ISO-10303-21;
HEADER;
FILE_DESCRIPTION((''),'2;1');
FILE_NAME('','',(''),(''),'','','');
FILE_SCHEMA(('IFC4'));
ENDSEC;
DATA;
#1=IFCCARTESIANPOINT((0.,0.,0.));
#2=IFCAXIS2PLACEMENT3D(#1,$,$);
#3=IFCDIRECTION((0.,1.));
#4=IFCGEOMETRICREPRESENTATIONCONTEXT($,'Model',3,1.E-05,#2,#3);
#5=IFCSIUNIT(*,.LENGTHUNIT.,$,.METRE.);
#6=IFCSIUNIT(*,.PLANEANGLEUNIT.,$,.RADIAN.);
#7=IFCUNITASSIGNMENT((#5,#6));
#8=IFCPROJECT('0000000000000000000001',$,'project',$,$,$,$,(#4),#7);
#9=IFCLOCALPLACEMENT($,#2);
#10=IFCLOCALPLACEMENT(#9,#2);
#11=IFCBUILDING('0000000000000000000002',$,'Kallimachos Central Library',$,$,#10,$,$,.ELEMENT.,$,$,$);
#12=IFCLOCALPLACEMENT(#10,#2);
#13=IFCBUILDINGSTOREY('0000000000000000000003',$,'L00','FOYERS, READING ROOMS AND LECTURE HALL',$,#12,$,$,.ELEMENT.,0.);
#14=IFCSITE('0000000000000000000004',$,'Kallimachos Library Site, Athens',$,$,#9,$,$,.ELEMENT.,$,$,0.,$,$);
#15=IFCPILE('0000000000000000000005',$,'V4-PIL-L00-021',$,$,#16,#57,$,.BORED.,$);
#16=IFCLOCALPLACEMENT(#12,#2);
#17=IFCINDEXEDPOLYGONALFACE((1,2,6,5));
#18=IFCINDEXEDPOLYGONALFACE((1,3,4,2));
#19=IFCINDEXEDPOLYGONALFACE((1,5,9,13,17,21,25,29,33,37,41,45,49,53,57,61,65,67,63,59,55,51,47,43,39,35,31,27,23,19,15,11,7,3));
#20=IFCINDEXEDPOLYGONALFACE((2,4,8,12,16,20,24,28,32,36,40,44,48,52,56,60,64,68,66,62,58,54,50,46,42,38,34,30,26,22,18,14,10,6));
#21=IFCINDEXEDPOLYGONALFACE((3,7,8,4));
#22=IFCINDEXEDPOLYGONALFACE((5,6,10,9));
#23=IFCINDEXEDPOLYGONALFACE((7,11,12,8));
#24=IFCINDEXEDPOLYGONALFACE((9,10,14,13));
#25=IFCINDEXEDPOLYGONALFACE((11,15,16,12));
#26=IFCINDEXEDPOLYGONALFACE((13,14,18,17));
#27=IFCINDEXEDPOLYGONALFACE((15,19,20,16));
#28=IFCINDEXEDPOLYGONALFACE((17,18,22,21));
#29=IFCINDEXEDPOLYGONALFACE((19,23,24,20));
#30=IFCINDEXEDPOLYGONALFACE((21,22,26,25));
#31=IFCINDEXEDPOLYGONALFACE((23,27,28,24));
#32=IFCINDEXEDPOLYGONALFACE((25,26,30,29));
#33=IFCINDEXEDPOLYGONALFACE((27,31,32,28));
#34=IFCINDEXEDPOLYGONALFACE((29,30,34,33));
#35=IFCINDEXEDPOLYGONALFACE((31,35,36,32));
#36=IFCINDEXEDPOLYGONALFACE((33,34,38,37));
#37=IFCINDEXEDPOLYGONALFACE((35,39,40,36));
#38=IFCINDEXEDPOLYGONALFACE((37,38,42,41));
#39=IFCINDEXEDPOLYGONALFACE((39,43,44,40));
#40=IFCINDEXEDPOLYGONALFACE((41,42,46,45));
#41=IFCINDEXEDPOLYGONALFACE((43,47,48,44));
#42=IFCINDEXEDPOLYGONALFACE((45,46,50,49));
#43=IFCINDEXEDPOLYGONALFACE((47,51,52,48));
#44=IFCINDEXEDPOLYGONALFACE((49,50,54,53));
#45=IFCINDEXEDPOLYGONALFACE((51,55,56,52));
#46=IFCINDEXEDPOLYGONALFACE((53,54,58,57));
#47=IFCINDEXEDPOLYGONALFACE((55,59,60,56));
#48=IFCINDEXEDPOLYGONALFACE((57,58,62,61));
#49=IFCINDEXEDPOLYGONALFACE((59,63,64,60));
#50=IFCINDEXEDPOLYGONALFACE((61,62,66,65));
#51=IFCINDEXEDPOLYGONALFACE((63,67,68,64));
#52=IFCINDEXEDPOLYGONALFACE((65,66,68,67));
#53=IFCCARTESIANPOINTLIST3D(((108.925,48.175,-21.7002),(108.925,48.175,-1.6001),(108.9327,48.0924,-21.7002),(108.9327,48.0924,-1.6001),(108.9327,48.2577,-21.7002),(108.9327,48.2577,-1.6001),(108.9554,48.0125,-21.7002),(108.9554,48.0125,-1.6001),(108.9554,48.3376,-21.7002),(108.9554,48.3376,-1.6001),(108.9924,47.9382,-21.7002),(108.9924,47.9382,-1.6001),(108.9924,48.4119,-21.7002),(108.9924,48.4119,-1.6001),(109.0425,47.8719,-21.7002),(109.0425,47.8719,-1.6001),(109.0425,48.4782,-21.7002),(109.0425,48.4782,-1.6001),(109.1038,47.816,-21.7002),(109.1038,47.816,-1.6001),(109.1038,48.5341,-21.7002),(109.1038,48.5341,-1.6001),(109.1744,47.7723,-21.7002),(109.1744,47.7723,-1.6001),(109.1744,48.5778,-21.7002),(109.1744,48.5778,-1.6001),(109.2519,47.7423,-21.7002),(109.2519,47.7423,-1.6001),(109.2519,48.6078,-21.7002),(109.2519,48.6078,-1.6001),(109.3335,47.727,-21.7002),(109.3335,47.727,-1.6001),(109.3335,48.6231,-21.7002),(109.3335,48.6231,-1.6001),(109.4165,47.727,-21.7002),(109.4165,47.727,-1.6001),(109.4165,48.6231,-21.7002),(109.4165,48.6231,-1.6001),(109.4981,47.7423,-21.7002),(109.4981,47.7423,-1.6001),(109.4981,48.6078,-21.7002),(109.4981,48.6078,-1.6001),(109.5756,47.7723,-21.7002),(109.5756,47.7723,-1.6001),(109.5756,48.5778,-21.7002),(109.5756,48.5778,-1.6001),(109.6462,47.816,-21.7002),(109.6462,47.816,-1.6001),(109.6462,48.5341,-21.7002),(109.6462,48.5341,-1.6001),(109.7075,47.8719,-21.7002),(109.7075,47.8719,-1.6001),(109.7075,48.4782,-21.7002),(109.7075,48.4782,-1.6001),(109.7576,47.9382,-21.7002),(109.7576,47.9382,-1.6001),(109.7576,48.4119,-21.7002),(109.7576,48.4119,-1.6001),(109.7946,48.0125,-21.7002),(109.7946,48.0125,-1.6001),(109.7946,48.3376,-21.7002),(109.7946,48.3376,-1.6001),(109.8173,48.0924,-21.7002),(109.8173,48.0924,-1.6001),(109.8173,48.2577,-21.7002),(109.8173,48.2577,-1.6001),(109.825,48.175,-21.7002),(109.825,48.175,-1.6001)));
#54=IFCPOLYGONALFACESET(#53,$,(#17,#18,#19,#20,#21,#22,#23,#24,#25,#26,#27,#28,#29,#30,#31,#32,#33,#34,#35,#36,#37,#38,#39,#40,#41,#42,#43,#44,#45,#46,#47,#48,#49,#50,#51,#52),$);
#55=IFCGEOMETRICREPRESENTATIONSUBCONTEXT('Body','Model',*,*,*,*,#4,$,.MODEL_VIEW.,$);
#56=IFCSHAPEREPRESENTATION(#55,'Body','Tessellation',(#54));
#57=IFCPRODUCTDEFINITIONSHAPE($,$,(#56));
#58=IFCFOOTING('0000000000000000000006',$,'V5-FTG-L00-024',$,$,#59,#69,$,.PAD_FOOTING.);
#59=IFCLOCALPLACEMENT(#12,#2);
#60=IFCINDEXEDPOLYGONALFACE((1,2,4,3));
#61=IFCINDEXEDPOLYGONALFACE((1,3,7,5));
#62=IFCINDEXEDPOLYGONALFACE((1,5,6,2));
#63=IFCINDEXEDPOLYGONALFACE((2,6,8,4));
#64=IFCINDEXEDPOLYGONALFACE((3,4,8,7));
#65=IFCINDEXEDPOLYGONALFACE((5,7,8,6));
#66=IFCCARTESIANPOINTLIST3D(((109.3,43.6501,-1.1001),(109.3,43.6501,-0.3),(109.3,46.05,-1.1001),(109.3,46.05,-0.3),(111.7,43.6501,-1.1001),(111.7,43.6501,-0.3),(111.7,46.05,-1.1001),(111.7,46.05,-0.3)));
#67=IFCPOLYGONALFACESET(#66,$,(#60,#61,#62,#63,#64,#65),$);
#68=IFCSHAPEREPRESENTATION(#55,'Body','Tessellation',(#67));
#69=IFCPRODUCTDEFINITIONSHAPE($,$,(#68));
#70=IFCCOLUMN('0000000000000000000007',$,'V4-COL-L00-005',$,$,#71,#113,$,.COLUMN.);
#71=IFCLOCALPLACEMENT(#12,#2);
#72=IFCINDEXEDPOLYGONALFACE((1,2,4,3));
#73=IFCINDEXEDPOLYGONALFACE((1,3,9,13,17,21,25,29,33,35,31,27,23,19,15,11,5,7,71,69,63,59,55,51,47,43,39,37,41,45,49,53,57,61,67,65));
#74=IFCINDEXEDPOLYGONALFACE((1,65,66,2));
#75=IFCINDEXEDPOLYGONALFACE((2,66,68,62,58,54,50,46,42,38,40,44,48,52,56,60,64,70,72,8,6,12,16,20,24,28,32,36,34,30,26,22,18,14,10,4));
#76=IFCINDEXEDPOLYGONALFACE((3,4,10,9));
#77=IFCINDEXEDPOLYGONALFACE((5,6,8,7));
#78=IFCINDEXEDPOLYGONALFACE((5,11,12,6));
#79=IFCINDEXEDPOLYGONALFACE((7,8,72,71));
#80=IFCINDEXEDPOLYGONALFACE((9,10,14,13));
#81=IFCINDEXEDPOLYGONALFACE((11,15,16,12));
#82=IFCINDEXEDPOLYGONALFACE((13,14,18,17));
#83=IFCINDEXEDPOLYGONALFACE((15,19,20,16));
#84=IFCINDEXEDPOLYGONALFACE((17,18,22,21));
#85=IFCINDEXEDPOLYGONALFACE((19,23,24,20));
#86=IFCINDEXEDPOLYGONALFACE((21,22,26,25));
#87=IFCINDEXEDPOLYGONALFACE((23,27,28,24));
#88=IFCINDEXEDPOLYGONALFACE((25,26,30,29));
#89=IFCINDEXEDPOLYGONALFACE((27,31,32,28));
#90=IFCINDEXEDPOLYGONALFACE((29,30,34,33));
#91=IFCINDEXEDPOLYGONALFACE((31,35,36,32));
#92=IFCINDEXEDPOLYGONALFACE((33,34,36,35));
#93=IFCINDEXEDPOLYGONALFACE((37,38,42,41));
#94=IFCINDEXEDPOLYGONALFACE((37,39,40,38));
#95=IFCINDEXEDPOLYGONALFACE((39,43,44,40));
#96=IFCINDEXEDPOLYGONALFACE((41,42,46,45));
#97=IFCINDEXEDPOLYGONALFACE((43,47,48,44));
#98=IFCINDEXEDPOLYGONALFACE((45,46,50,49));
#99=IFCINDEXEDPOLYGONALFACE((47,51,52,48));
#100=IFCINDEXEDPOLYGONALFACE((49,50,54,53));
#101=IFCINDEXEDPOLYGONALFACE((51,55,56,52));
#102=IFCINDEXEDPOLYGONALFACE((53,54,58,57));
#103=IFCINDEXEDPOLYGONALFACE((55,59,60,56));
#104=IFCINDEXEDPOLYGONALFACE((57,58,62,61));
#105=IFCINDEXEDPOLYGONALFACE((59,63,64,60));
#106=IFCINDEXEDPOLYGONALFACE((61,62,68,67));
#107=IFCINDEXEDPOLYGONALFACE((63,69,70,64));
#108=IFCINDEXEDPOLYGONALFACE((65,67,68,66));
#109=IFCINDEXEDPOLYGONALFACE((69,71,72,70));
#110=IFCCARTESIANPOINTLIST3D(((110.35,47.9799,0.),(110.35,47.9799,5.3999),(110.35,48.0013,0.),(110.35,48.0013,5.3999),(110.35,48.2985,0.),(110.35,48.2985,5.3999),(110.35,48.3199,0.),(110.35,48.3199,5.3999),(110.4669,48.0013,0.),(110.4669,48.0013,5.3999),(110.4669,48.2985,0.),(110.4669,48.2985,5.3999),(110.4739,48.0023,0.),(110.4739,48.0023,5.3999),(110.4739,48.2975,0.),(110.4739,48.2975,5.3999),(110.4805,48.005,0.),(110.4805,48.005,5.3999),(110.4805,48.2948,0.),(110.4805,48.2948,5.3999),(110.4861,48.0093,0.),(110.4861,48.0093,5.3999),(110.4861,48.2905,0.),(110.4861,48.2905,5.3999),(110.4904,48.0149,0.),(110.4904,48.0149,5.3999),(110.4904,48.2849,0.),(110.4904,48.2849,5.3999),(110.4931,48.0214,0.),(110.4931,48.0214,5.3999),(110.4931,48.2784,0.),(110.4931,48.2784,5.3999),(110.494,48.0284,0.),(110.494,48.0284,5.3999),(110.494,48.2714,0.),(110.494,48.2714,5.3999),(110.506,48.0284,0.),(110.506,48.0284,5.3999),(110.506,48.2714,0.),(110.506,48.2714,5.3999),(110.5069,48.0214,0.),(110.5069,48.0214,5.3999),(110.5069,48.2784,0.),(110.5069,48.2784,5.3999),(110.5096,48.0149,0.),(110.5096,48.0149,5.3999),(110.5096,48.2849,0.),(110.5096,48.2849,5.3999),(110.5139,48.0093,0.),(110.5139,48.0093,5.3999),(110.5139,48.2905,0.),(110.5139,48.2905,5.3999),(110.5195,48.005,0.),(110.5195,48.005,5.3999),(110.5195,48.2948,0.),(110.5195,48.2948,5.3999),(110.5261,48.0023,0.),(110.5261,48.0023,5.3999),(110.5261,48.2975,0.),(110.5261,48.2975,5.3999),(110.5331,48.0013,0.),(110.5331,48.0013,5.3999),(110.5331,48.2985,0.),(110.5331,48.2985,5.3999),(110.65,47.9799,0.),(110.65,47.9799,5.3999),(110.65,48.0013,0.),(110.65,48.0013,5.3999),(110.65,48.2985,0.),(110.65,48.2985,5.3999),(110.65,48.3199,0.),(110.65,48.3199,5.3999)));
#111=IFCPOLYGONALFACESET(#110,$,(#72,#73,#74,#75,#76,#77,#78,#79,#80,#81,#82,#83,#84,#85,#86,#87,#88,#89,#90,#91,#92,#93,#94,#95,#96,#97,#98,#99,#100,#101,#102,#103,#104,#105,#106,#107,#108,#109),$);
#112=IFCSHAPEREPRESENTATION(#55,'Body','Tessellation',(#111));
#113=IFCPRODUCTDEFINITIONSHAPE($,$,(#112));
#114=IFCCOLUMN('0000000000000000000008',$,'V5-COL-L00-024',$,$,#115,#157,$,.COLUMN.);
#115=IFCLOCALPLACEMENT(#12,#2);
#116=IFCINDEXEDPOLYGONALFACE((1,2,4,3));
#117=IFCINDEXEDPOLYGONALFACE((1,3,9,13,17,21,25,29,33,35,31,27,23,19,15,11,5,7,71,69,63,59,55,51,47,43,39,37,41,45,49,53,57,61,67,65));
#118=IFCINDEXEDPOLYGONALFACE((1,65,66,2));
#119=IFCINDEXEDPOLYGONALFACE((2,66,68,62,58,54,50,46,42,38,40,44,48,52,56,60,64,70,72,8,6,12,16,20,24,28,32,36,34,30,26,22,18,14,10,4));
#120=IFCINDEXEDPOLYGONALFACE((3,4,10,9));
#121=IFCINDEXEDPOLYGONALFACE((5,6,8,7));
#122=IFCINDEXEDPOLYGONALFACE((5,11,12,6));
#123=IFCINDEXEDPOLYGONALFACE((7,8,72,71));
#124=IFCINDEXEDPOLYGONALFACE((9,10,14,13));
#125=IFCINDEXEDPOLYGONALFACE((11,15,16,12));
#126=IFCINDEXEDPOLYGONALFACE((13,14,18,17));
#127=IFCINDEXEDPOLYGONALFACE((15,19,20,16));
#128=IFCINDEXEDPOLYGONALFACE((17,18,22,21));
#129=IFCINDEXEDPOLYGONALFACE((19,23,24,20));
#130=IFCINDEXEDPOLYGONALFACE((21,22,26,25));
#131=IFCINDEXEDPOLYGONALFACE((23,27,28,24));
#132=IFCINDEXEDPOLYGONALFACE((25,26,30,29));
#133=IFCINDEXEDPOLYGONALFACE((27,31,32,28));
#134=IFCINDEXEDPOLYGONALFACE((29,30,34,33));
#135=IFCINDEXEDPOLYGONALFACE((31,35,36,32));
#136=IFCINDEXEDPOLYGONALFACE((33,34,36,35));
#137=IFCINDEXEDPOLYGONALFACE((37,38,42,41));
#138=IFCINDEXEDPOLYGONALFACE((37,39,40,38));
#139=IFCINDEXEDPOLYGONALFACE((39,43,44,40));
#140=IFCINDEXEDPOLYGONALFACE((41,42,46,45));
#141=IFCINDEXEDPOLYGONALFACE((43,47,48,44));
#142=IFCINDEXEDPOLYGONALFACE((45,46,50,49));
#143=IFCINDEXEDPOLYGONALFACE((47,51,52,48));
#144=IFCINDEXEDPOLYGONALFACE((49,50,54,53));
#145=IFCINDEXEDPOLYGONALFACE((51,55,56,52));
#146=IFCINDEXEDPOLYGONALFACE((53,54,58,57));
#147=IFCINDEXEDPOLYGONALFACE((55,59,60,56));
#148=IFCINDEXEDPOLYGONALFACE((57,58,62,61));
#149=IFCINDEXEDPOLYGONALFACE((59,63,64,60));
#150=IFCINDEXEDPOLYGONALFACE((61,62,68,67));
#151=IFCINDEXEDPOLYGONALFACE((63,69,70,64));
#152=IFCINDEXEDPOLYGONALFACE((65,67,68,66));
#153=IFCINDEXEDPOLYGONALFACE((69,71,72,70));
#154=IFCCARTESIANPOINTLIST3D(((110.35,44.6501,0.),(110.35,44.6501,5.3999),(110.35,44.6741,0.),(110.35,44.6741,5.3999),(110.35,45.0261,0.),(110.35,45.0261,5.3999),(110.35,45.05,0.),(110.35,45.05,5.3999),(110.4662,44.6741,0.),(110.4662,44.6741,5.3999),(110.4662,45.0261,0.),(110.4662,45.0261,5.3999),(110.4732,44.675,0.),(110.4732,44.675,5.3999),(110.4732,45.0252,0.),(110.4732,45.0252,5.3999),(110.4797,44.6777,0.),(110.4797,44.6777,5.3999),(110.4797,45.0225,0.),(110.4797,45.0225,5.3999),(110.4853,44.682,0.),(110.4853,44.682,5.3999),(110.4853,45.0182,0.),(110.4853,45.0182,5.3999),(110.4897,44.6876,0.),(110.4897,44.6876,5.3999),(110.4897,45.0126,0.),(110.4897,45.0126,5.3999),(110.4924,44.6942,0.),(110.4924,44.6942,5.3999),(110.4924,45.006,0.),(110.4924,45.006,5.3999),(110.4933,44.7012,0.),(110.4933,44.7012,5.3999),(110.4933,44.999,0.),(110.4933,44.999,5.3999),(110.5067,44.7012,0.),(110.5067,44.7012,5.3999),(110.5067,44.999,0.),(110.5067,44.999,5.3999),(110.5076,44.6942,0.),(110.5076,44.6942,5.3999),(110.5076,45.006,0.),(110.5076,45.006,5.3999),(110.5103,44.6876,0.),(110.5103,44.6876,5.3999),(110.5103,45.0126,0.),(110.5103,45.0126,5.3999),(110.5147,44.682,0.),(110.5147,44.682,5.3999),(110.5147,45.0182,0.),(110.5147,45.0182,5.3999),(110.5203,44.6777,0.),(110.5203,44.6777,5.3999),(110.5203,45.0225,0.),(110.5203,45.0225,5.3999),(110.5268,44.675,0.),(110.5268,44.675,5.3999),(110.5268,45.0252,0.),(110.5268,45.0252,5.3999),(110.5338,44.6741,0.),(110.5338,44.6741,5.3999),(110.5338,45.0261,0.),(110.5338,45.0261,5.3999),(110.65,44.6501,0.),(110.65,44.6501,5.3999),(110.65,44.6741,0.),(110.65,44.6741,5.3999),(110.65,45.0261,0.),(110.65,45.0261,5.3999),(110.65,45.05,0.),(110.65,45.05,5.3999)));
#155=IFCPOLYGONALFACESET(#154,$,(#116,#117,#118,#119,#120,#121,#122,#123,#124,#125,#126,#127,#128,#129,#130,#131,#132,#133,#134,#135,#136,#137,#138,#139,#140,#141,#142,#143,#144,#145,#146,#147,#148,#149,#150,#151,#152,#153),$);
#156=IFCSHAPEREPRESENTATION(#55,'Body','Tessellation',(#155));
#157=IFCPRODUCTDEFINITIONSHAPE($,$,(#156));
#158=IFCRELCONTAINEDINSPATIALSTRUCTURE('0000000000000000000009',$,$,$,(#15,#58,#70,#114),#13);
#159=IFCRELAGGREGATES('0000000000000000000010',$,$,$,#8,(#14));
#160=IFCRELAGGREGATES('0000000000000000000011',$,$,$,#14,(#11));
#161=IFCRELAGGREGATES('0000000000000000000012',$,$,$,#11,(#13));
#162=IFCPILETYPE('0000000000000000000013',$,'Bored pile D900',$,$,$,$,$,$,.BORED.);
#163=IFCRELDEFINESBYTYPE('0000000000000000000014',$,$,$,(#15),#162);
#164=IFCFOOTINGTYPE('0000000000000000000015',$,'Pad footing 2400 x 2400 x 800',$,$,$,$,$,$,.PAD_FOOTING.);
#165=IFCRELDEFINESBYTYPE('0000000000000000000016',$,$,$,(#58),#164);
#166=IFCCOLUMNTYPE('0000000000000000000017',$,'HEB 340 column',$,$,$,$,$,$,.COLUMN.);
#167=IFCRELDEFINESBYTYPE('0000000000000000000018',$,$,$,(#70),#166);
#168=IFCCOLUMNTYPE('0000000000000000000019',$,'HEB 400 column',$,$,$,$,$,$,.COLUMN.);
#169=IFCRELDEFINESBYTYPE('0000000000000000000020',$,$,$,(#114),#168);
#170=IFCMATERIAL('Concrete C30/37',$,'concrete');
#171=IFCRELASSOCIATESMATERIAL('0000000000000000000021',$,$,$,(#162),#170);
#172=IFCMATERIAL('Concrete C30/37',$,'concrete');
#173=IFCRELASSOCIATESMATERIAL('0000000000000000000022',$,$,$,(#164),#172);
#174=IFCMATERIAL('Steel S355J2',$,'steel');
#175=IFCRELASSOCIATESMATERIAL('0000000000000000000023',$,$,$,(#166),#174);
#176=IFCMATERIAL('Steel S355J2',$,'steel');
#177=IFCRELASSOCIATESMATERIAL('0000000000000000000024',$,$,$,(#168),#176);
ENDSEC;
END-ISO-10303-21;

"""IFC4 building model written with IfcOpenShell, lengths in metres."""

from ifc_helpers import new_model, si_unit, direction, frame, origin, origin_2d, place, context, subcontext, project, spatial, rectangle, circle, i_section, extrude, material, material_profile, profile_set, type_object, element, save


model = new_model("IFC4")

# Units and contexts
model_context = context("Model", 3, precision=1e-05, world=origin(), true_north=direction((0.0, 1.0)))
body_context = subcontext(model_context, "Body", "Model", "MODEL_VIEW")
ifc_project = project(units=[si_unit("LENGTHUNIT", "METRE"), si_unit("PLANEANGLEUNIT", "RADIAN")], contexts=[model_context])

# Site, building, storey
site_placement = place(None, origin())
site = spatial("IfcSite", under=ifc_project, at=site_placement, Name="Kallimachos Library Site, Athens", CompositionType="ELEMENT", RefElevation=0.0)
building_placement = place(site_placement, origin())
building = spatial("IfcBuilding", under=site, at=building_placement, Name="Kallimachos Central Library", CompositionType="ELEMENT")
storey_placement = place(building_placement, origin())
storey = spatial("IfcBuildingStorey", under=building, at=storey_placement, Name="L00", Description="FOYERS, READING ROOMS AND LECTURE HALL", CompositionType="ELEMENT", Elevation=0.0)

# Pile
ifc_material_1 = material(Name="Concrete C30/37", Category="concrete")
pile_type = type_object("IfcPileType", Name="Bored pile D900", PredefinedType="BORED", material=ifc_material_1)
pile_placement = place(storey_placement, frame((109.375, 48.175, -1.6001), z_axis=(0.0, 0.0, -1.0), x_axis=(1.0, 0.0, 0.0)))
element("IfcPile", 1, at=pile_placement, inside=storey, type_object=pile_type, Name="V4-PIL-L00-021", PredefinedType="BORED", context=body_context, shape_type="SweptSolid", body=[
    extrude(circle(Radius=0.45, at=origin_2d()), origin(), (0.0, 0.0, 1.0), 20.1001),
])

# Footing
ifc_material_2 = material(Name="Concrete C30/37", Category="concrete")
footing_type = type_object("IfcFootingType", Name="Pad footing 2400 x 2400 x 800", PredefinedType="PAD_FOOTING", material=ifc_material_2)
footing_placement = place(storey_placement, frame((110.5, 44.8501, -1.1001), z_axis=(0.0, 0.0, 1.0), x_axis=(1.0, 0.0, 0.0)))
element("IfcFooting", 2, at=footing_placement, inside=storey, type_object=footing_type, Name="V5-FTG-L00-024", PredefinedType="PAD_FOOTING", context=body_context, shape_type="SweptSolid", body=[
    extrude(rectangle(XDim=2.3999, YDim=2.3999, at=origin_2d()), origin(), (0.0, 0.0, 1.0), 0.8),
])

# Columns
ifc_material_3 = material(Name="Steel S355J2", Category="steel")
ifc_material_profile_1 = material_profile(ifc_material_3, i_section(OverallWidth=0.3, OverallDepth=0.3401, WebThickness=0.012, FlangeThickness=0.0215, FilletRadius=0.0271, at=origin_2d()), Name="HEB 340")
ifc_profile_set_1 = profile_set([ifc_material_profile_1], Name="Steel S355J2")
column_type_1 = type_object("IfcColumnType", Name="HEB 340 column", PredefinedType="COLUMN", material=ifc_profile_set_1)
column_1_placement = place(storey_placement, frame((110.5, 48.1499, 0.0), z_axis=(0.0, 0.0, 1.0), x_axis=(1.0, 0.0, 0.0)))
element("IfcColumn", 3, at=column_1_placement, inside=storey, type_object=column_type_1, Name="V4-COL-L00-005", PredefinedType="COLUMN", context=body_context, shape_type="SweptSolid", body=[
    extrude(i_section(OverallWidth=0.3, OverallDepth=0.3401, WebThickness=0.012, FlangeThickness=0.0215, FilletRadius=0.0271, at=origin_2d()), origin(), (0.0, 0.0, 1.0), 5.3999),
])
ifc_material_4 = material(Name="Steel S355J2", Category="steel")
ifc_material_profile_2 = material_profile(ifc_material_4, i_section(OverallWidth=0.3, OverallDepth=0.3999, WebThickness=0.0134, FlangeThickness=0.0239, FilletRadius=0.0271, at=origin_2d()), Name="HEB 400")
ifc_profile_set_2 = profile_set([ifc_material_profile_2], Name="Steel S355J2")
column_type_2 = type_object("IfcColumnType", Name="HEB 400 column", PredefinedType="COLUMN", material=ifc_profile_set_2)
column_2_placement = place(storey_placement, frame((110.5, 44.8501, 0.0), z_axis=(0.0, 0.0, 1.0), x_axis=(1.0, 0.0, 0.0)))
element("IfcColumn", 4, at=column_2_placement, inside=storey, type_object=column_type_2, Name="V5-COL-L00-024", PredefinedType="COLUMN", context=body_context, shape_type="SweptSolid", body=[
    extrude(i_section(OverallWidth=0.3, OverallDepth=0.3999, WebThickness=0.0134, FlangeThickness=0.0239, FilletRadius=0.0271, at=origin_2d()), origin(), (0.0, 0.0, 1.0), 5.3999),
])

save(model, "model.ifc")
